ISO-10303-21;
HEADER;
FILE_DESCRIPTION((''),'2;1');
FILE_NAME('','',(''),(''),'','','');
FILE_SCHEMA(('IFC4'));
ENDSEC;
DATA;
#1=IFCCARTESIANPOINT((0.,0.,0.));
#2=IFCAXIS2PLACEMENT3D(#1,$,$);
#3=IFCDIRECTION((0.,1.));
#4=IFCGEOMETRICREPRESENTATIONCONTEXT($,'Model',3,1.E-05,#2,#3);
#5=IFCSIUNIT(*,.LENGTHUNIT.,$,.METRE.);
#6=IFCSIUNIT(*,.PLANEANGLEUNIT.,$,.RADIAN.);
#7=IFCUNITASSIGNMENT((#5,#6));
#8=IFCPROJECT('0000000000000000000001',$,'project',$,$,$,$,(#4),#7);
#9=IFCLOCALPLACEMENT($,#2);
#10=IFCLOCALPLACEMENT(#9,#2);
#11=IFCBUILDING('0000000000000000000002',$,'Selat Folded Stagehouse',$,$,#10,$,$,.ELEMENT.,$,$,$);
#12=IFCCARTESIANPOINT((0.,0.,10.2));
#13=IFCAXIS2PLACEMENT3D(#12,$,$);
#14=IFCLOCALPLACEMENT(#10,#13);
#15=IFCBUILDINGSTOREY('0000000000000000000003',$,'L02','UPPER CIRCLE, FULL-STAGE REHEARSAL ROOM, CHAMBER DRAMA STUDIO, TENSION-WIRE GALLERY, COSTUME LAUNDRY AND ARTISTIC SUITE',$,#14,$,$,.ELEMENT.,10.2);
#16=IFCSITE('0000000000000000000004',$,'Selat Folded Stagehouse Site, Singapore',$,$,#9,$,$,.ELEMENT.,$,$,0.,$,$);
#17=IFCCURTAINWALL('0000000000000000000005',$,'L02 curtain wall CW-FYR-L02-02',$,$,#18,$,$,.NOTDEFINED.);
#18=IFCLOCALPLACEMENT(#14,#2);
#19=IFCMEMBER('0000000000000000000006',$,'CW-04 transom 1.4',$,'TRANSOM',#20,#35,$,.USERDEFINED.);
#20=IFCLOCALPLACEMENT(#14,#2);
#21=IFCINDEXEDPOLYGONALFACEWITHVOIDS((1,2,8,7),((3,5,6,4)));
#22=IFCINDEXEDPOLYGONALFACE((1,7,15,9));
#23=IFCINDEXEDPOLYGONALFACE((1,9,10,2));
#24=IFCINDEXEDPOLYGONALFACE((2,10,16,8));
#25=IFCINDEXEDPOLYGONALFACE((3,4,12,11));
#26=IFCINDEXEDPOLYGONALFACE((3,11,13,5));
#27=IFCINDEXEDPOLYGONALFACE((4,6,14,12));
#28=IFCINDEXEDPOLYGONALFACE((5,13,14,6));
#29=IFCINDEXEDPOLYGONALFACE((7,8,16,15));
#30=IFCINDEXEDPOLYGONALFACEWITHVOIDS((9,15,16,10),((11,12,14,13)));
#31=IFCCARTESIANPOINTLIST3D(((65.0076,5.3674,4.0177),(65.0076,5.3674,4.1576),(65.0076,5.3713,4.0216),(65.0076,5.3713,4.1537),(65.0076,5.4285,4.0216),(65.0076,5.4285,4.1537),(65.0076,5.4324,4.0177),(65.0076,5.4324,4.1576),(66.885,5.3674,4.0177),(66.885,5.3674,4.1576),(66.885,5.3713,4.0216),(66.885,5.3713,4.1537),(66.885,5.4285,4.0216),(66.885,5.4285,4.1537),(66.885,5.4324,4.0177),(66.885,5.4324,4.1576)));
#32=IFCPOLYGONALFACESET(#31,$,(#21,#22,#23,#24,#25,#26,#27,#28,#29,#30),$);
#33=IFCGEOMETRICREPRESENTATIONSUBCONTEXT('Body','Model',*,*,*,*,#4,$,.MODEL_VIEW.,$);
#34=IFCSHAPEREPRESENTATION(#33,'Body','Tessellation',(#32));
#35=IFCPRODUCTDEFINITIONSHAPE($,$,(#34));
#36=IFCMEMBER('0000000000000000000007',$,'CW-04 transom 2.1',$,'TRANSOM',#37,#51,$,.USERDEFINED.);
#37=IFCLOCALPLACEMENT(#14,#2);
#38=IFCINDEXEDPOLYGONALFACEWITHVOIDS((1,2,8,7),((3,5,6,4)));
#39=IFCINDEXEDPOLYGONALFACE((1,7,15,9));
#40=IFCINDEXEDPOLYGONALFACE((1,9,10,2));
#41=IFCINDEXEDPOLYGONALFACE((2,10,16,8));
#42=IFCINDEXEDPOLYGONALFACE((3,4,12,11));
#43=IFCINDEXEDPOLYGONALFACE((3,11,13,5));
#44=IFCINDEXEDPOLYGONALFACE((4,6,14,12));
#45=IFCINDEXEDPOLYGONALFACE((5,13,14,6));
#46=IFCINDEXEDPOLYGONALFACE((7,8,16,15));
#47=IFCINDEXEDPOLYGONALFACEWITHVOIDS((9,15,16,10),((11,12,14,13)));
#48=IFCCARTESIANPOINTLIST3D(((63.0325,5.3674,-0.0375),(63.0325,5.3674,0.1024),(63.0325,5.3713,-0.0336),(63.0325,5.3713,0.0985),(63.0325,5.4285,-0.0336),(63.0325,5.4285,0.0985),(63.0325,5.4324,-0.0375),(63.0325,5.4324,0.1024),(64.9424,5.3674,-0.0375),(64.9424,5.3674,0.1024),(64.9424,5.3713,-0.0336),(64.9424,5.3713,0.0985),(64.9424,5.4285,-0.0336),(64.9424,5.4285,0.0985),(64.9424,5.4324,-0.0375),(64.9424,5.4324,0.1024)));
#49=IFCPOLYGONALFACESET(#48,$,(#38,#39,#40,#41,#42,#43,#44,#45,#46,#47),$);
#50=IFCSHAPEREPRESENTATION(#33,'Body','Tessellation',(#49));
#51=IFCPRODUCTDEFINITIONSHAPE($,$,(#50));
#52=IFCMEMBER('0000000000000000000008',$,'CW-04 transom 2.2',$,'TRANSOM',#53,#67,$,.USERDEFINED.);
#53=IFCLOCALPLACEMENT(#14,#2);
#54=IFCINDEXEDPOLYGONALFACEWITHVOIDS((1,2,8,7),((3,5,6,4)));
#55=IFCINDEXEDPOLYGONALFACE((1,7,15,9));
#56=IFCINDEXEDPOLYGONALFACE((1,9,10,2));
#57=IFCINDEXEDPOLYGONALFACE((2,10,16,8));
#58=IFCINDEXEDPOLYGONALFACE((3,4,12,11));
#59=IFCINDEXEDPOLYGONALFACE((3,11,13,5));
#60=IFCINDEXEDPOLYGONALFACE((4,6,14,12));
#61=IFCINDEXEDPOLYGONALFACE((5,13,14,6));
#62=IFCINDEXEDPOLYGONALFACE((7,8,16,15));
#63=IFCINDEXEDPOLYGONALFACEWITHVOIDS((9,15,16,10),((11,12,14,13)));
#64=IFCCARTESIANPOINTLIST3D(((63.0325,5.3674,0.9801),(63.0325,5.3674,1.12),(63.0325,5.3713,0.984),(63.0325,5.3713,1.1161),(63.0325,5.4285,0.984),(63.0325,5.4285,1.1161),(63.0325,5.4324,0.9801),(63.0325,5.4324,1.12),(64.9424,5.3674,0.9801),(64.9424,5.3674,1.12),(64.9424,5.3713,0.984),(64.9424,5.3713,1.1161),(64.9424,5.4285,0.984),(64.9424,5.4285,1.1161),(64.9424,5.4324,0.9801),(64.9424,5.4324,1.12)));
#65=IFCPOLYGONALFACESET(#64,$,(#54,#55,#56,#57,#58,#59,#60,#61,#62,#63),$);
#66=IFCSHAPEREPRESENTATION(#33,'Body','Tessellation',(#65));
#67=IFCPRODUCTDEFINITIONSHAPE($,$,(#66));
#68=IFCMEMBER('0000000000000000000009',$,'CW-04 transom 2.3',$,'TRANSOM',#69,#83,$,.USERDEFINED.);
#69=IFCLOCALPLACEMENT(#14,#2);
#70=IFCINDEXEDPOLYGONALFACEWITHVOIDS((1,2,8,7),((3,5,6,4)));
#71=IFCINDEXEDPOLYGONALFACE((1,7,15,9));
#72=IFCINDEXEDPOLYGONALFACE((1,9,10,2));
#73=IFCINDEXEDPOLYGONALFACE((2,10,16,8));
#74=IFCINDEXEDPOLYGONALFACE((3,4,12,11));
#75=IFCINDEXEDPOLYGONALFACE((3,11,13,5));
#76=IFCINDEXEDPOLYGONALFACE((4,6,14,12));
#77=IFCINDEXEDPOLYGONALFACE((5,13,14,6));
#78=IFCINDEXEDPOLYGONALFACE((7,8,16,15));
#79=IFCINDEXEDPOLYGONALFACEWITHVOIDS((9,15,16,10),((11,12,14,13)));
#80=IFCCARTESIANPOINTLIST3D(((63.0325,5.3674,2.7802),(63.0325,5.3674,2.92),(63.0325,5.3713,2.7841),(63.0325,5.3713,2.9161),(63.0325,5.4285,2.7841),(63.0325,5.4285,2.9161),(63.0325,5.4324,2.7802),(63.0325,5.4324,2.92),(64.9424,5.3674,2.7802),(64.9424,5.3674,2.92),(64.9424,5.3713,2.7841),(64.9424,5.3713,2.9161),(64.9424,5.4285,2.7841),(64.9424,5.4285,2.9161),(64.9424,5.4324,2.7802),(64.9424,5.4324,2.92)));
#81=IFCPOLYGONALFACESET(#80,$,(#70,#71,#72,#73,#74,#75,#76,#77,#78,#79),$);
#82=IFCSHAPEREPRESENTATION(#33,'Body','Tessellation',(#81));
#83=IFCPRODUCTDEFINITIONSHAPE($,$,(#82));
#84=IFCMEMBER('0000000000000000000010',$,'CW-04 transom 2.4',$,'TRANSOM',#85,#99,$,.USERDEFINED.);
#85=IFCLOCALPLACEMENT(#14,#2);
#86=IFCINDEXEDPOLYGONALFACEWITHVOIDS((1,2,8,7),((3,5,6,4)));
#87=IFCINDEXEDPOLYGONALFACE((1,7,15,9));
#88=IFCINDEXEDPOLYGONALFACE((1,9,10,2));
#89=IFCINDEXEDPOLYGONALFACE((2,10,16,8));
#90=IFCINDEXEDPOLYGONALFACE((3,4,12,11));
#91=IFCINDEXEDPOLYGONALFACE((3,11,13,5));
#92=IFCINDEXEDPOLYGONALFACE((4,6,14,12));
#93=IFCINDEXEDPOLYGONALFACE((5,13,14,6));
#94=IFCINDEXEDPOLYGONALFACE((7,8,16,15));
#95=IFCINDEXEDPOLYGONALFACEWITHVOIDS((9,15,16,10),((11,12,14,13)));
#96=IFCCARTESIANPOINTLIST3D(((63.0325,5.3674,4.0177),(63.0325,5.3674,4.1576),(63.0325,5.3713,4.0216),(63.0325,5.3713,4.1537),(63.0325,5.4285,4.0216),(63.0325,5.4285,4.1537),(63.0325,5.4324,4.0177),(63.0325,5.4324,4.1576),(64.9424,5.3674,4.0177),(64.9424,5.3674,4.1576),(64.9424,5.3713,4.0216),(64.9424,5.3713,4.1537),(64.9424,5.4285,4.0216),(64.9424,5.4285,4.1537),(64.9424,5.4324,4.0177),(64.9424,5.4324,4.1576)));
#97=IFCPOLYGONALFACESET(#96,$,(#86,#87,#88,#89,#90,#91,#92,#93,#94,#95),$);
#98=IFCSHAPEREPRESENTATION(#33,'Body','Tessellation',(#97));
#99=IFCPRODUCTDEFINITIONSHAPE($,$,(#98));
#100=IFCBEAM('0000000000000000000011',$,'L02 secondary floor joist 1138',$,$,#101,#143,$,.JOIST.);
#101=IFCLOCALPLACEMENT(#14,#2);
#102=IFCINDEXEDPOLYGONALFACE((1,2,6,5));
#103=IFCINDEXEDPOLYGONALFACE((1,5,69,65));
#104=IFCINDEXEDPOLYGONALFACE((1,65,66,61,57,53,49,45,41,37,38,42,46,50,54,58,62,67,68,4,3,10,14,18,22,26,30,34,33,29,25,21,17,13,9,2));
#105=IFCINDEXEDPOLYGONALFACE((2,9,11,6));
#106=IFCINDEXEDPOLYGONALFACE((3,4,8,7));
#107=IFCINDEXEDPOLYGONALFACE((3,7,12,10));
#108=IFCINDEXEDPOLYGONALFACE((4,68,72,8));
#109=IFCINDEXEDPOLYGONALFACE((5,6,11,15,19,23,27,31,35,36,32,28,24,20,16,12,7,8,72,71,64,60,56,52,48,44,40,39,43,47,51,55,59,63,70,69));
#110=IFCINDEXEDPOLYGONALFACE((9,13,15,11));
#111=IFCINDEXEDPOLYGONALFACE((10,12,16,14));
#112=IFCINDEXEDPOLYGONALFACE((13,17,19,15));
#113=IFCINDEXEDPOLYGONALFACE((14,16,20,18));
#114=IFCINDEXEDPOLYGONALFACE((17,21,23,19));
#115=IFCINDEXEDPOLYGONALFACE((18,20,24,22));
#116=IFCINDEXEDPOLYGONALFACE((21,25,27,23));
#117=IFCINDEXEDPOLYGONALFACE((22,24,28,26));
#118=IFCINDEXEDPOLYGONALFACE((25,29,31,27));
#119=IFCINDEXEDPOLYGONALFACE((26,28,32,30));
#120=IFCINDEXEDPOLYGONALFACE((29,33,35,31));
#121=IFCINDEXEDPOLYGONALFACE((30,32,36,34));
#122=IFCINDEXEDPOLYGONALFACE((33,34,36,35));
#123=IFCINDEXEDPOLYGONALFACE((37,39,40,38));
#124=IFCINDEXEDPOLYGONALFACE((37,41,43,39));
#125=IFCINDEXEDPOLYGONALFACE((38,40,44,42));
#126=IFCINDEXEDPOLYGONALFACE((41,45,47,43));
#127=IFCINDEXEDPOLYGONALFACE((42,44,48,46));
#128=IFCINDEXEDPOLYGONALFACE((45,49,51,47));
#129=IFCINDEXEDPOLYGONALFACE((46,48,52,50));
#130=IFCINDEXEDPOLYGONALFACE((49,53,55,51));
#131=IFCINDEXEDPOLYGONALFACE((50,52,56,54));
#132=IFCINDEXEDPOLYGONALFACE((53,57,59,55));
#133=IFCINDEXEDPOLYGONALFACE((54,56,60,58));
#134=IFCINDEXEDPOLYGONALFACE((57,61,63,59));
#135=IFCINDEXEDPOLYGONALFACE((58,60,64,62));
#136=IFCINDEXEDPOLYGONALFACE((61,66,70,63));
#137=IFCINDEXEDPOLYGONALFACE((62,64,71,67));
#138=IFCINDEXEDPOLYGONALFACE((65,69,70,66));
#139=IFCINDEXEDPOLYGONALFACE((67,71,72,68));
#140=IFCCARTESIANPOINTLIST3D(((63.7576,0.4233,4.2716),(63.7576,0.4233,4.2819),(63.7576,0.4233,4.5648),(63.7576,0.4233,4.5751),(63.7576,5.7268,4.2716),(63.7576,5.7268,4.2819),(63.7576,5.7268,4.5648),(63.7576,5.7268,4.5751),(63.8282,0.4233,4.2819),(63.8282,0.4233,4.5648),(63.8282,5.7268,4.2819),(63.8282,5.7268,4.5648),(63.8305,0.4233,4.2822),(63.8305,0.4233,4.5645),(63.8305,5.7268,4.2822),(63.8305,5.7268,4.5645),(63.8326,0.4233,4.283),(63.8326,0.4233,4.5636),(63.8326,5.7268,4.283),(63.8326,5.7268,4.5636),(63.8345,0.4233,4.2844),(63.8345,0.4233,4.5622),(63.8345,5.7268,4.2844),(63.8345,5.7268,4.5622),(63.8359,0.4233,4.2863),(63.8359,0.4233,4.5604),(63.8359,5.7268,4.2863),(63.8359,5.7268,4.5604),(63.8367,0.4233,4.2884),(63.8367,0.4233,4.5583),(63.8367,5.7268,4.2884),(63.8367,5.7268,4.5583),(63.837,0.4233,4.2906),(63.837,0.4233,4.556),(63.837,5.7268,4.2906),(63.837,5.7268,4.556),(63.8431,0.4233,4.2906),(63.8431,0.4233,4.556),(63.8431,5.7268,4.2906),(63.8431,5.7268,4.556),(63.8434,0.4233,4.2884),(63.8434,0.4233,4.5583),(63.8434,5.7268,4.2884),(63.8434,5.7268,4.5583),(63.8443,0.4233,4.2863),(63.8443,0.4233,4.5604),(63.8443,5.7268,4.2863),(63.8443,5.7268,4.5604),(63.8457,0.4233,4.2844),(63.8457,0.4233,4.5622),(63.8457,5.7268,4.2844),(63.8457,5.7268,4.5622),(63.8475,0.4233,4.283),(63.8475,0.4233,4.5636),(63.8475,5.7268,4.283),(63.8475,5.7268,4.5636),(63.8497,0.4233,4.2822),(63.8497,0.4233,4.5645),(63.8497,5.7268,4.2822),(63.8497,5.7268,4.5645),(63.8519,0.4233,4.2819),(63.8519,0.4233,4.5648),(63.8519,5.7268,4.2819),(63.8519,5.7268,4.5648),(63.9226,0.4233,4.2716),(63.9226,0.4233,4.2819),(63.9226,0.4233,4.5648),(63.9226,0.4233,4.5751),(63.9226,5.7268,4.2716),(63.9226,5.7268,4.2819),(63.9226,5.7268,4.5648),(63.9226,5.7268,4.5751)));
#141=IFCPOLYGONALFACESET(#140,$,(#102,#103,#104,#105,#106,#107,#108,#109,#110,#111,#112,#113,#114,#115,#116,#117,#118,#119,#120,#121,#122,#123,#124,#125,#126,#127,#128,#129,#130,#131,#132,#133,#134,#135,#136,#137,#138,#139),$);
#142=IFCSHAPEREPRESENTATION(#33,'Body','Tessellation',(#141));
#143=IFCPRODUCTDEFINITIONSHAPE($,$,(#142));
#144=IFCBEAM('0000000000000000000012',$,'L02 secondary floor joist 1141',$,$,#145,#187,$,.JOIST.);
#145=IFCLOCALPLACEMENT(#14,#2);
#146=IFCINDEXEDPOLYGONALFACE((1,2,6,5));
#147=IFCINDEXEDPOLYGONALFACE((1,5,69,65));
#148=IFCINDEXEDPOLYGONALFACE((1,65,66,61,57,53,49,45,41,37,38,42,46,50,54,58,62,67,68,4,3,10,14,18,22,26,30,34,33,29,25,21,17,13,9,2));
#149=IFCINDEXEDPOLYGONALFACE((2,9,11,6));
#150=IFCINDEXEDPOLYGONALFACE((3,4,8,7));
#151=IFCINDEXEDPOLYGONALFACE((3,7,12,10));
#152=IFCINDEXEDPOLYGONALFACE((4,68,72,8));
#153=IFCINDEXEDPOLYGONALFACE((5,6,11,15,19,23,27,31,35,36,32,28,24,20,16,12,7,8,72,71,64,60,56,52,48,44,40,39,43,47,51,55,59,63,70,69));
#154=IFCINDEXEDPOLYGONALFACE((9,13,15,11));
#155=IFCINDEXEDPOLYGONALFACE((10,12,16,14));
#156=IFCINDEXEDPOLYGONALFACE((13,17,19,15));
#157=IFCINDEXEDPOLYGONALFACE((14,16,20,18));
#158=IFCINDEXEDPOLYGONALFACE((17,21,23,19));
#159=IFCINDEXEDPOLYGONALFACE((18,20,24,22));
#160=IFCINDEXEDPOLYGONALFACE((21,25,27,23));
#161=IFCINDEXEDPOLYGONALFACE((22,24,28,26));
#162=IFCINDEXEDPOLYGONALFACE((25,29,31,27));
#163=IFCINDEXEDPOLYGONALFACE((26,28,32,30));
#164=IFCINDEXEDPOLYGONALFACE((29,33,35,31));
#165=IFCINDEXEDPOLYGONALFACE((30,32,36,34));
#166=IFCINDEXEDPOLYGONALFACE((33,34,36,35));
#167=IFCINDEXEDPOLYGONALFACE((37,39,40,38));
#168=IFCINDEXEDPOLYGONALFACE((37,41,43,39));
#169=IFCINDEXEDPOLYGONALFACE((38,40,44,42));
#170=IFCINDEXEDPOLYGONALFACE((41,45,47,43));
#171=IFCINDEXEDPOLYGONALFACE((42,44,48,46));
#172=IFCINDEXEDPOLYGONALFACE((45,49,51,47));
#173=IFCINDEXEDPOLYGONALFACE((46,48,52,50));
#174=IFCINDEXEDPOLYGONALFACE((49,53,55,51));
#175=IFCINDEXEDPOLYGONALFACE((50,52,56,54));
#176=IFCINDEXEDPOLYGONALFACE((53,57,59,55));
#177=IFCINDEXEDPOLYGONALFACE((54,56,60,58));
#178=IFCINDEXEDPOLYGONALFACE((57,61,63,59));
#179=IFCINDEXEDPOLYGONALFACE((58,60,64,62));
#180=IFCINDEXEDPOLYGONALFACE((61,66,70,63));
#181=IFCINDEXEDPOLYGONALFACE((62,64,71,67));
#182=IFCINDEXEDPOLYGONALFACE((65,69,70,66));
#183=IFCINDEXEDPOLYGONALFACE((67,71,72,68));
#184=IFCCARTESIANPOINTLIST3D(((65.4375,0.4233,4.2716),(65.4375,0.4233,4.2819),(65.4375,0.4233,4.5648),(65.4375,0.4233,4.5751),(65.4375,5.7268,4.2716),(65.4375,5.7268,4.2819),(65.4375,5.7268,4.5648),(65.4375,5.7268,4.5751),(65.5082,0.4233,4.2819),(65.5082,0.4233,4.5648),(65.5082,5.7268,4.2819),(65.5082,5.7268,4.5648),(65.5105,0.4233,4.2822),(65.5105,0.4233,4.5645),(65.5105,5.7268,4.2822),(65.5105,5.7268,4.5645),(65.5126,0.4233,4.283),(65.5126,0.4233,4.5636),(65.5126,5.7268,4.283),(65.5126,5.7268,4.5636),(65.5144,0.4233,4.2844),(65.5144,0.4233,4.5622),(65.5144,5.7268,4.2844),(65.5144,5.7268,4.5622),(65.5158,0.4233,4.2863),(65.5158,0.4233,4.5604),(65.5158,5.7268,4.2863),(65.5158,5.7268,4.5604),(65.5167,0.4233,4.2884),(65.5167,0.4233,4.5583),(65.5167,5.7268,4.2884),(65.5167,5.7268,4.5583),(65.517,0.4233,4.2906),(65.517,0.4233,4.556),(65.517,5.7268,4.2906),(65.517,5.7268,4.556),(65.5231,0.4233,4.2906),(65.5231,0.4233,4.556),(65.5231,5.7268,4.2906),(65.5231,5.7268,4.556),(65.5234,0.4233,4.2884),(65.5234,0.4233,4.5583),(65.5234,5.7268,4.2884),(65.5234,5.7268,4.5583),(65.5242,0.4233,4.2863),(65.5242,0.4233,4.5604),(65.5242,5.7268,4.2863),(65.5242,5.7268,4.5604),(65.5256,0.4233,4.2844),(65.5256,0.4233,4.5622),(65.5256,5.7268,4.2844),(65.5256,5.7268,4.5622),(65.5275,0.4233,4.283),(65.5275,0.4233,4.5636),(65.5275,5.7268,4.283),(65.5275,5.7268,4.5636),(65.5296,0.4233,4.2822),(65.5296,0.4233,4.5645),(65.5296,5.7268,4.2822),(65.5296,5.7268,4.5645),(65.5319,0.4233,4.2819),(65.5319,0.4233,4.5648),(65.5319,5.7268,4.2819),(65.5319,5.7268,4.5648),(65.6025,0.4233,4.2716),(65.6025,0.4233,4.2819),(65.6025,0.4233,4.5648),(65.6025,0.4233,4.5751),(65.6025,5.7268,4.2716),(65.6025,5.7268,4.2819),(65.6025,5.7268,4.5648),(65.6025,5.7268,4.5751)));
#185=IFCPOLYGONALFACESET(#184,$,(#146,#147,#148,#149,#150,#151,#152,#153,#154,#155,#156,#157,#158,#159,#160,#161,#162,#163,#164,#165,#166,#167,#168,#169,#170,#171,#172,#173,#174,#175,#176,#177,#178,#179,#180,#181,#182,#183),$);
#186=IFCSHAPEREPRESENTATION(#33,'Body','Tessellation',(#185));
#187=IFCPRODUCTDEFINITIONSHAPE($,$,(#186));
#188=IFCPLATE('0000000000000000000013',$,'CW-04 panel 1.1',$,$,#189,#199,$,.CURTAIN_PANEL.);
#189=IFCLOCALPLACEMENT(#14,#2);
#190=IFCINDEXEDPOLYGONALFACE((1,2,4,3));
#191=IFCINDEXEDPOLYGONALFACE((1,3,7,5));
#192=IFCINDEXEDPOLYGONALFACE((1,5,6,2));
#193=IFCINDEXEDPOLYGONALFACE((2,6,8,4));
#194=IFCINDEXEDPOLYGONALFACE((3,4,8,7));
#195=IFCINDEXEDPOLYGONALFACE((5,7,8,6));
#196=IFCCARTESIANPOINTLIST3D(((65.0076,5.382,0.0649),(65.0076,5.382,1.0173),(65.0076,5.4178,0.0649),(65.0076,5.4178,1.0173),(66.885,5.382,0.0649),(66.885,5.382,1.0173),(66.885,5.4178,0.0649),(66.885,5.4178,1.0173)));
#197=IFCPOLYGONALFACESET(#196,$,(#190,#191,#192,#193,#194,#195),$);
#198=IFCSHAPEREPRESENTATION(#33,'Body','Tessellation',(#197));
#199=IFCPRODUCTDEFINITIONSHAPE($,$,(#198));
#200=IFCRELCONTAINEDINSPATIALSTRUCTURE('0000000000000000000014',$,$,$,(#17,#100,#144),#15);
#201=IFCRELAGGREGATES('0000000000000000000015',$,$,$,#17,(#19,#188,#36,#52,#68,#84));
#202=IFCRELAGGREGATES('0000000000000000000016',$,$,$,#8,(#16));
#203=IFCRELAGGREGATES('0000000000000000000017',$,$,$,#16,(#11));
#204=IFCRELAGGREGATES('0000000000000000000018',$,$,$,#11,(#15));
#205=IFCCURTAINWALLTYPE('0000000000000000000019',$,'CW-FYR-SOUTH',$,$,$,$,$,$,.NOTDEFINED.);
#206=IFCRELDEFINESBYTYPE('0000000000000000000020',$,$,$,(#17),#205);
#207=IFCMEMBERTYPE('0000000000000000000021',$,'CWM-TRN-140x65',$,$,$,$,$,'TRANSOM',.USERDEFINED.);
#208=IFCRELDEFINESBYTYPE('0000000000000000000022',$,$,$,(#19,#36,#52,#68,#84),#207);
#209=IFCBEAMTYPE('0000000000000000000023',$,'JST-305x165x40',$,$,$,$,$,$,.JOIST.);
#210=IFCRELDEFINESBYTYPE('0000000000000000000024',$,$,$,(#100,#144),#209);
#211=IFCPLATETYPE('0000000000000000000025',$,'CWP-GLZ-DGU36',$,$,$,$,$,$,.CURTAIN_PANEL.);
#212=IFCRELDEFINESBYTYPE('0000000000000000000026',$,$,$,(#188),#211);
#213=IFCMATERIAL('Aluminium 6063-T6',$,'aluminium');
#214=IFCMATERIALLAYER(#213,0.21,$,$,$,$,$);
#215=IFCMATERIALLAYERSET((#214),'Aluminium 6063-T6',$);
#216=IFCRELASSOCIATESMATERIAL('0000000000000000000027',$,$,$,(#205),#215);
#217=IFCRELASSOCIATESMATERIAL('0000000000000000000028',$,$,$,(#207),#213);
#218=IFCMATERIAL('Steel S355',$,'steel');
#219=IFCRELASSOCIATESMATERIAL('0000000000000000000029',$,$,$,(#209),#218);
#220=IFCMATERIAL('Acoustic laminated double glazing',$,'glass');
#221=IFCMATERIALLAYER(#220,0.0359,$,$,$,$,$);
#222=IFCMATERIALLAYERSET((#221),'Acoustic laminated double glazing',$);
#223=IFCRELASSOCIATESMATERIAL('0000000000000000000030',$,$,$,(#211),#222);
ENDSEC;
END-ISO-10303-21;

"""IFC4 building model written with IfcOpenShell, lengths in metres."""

from ifc_helpers import new_model, si_unit, direction, frame, origin, origin_2d, place, context, subcontext, project, spatial, rectangle, hollow_rectangle, i_section, extrude, material, layer, layer_set, material_profile, profile_set, type_object, element, aggregate, save


model = new_model("IFC4")

# Units and contexts
model_context = context("Model", 3, precision=1e-05, world=origin(), true_north=direction((0.0, 1.0)))
body_context = subcontext(model_context, "Body", "Model", "MODEL_VIEW")
ifc_project = project(units=[si_unit("LENGTHUNIT", "METRE"), si_unit("PLANEANGLEUNIT", "RADIAN")], contexts=[model_context])

# Site, building, storey
site_placement = place(None, origin())
site = spatial("IfcSite", under=ifc_project, at=site_placement, Name="Selat Folded Stagehouse Site, Singapore", CompositionType="ELEMENT", RefElevation=0.0)
building_placement = place(site_placement, origin())
building = spatial("IfcBuilding", under=site, at=building_placement, Name="Selat Folded Stagehouse", CompositionType="ELEMENT")
storey_placement = place(building_placement, frame((0.0, 0.0, 10.2)))
storey = spatial("IfcBuildingStorey", under=building, at=storey_placement, Name="L02", Description="UPPER CIRCLE, FULL-STAGE REHEARSAL ROOM, CHAMBER DRAMA STUDIO, TENSION-WIRE GALLERY, COSTUME LAUNDRY AND ARTISTIC SUITE", CompositionType="ELEMENT", Elevation=10.2)

# Shared definitions
ifc_material_1 = material(Name="Steel S355", Category="steel")

# Curtain wall, members
ifc_material_2 = material(Name="Aluminium 6063-T6", Category="aluminium")
ifc_layer_1 = layer(ifc_material_2, 0.21)
ifc_layer_set_1 = layer_set([ifc_layer_1], Name="Aluminium 6063-T6")
curtain_wall_type = type_object("IfcCurtainWallType", Name="CW-FYR-SOUTH", PredefinedType="NOTDEFINED", material=ifc_layer_set_1)
curtain_wall_placement = place(storey_placement, origin())
curtain_wall = element("IfcCurtainWall", 1, at=curtain_wall_placement, inside=storey, type_object=curtain_wall_type, Name="L02 curtain wall CW-FYR-L02-02", PredefinedType="NOTDEFINED")
ifc_material_profile_1 = material_profile(ifc_material_2, hollow_rectangle(XDim=0.0649, YDim=0.1399, WallThickness=0.0039, at=origin_2d()), Name="ALU 140x65x4.0")
ifc_profile_set_1 = profile_set([ifc_material_profile_1], Name="Aluminium 6063-T6")
member_type_1 = type_object("IfcMemberType", Name="CWM-TRN-140x65", ElementType="TRANSOM", PredefinedType="USERDEFINED", material=ifc_profile_set_1)
member_1_placement = place(storey_placement, frame((66.885, 5.3999, 4.0876), z_axis=(-1.0, 0.0, 0.0), x_axis=(0.0, -1.0, 0.0)))
member_1 = element("IfcMember", 2, at=member_1_placement, type_object=member_type_1, Name="CW-04 transom 1.4", ObjectType="TRANSOM", PredefinedType="USERDEFINED", context=body_context, shape_type="SweptSolid", body=[
    extrude(hollow_rectangle(XDim=0.0649, YDim=0.1399, WallThickness=0.0039, at=origin_2d()), origin(), (0.0, 0.0, 1.0), 1.8774),
])
member_2_placement = place(storey_placement, frame((64.9424, 5.3999, 0.0325), z_axis=(-1.0, 0.0, 0.0), x_axis=(0.0, -1.0, 0.0)))
member_2 = element("IfcMember", 3, at=member_2_placement, type_object=member_type_1, Name="CW-04 transom 2.1", ObjectType="TRANSOM", PredefinedType="USERDEFINED", context=body_context, shape_type="SweptSolid", body=[
    extrude(hollow_rectangle(XDim=0.0649, YDim=0.1399, WallThickness=0.0039, at=origin_2d()), origin(), (0.0, 0.0, 1.0), 1.9099),
])
member_3_placement = place(storey_placement, frame((64.9424, 5.3999, 1.05), z_axis=(-1.0, 0.0, 0.0), x_axis=(0.0, -1.0, 0.0)))
member_3 = element("IfcMember", 4, at=member_3_placement, type_object=member_type_1, Name="CW-04 transom 2.2", ObjectType="TRANSOM", PredefinedType="USERDEFINED", context=body_context, shape_type="SweptSolid", body=[
    extrude(hollow_rectangle(XDim=0.0649, YDim=0.1399, WallThickness=0.0039, at=origin_2d()), origin(), (0.0, 0.0, 1.0), 1.9099),
])
member_4_placement = place(storey_placement, frame((64.9424, 5.3999, 2.8501), z_axis=(-1.0, 0.0, 0.0), x_axis=(0.0, -1.0, 0.0)))
member_4 = element("IfcMember", 5, at=member_4_placement, type_object=member_type_1, Name="CW-04 transom 2.3", ObjectType="TRANSOM", PredefinedType="USERDEFINED", context=body_context, shape_type="SweptSolid", body=[
    extrude(hollow_rectangle(XDim=0.0649, YDim=0.1399, WallThickness=0.0039, at=origin_2d()), origin(), (0.0, 0.0, 1.0), 1.9099),
])
member_5_placement = place(storey_placement, frame((64.9424, 5.3999, 4.0876), z_axis=(-1.0, 0.0, 0.0), x_axis=(0.0, -1.0, 0.0)))
member_5 = element("IfcMember", 6, at=member_5_placement, type_object=member_type_1, Name="CW-04 transom 2.4", ObjectType="TRANSOM", PredefinedType="USERDEFINED", context=body_context, shape_type="SweptSolid", body=[
    extrude(hollow_rectangle(XDim=0.0649, YDim=0.1399, WallThickness=0.0039, at=origin_2d()), origin(), (0.0, 0.0, 1.0), 1.9099),
])

# Beams
ifc_material_profile_2 = material_profile(ifc_material_1, i_section(OverallWidth=0.165, OverallDepth=0.3035, WebThickness=0.0061, FlangeThickness=0.0103, FilletRadius=0.0088, at=origin_2d()), Name="UKB 305x165x40")
ifc_profile_set_2 = profile_set([ifc_material_profile_2], Name="Steel S355")
beam_type_1 = type_object("IfcBeamType", Name="JST-305x165x40", PredefinedType="JOIST", material=ifc_profile_set_2)
for number, where, z_axis, x_axis, name in (
    (7, (63.8401, 0.4233, 4.4233), (0.0, 1.0, 0.0), (-1.0, 0.0, 0.0), "L02 secondary floor joist 1138"),
    (8, (65.52, 0.4233, 4.4233), (0.0, 1.0, 0.0), (-1.0, 0.0, 0.0), "L02 secondary floor joist 1141"),
):
    element("IfcBeam", number, at=place(storey_placement, frame(where, z_axis=z_axis, x_axis=x_axis)), inside=storey, type_object=beam_type_1, Name=name, PredefinedType="JOIST", context=body_context, shape_type="SweptSolid", body=[
        extrude(i_section(OverallWidth=0.165, OverallDepth=0.3035, WebThickness=0.0061, FlangeThickness=0.0103, FilletRadius=0.0088, at=origin_2d()), origin(), (0.0, 0.0, 1.0), 5.3035),
    ])

# Plate
ifc_material_3 = material(Name="Acoustic laminated double glazing", Category="glass")
ifc_layer_2 = layer(ifc_material_3, 0.0359)
ifc_layer_set_2 = layer_set([ifc_layer_2], Name="Acoustic laminated double glazing")
plate_type_1 = type_object("IfcPlateType", Name="CWP-GLZ-DGU36", PredefinedType="CURTAIN_PANEL", material=ifc_layer_set_2)
plate_1_placement = place(storey_placement, frame((65.9463, 5.3999, 0.0649), z_axis=(0.0, 0.0, 1.0), x_axis=(-1.0, 0.0, 0.0)))
plate_1 = element("IfcPlate", 9, at=plate_1_placement, type_object=plate_type_1, Name="CW-04 panel 1.1", PredefinedType="CURTAIN_PANEL", context=body_context, shape_type="SweptSolid", body=[
    extrude(rectangle(XDim=1.8774, YDim=0.0359, at=origin_2d()), origin(), (0.0, 0.0, 1.0), 0.9524),
])
aggregate(curtain_wall, [member_1, plate_1, member_2, member_3, member_4, member_5])

save(model, "model.ifc")
